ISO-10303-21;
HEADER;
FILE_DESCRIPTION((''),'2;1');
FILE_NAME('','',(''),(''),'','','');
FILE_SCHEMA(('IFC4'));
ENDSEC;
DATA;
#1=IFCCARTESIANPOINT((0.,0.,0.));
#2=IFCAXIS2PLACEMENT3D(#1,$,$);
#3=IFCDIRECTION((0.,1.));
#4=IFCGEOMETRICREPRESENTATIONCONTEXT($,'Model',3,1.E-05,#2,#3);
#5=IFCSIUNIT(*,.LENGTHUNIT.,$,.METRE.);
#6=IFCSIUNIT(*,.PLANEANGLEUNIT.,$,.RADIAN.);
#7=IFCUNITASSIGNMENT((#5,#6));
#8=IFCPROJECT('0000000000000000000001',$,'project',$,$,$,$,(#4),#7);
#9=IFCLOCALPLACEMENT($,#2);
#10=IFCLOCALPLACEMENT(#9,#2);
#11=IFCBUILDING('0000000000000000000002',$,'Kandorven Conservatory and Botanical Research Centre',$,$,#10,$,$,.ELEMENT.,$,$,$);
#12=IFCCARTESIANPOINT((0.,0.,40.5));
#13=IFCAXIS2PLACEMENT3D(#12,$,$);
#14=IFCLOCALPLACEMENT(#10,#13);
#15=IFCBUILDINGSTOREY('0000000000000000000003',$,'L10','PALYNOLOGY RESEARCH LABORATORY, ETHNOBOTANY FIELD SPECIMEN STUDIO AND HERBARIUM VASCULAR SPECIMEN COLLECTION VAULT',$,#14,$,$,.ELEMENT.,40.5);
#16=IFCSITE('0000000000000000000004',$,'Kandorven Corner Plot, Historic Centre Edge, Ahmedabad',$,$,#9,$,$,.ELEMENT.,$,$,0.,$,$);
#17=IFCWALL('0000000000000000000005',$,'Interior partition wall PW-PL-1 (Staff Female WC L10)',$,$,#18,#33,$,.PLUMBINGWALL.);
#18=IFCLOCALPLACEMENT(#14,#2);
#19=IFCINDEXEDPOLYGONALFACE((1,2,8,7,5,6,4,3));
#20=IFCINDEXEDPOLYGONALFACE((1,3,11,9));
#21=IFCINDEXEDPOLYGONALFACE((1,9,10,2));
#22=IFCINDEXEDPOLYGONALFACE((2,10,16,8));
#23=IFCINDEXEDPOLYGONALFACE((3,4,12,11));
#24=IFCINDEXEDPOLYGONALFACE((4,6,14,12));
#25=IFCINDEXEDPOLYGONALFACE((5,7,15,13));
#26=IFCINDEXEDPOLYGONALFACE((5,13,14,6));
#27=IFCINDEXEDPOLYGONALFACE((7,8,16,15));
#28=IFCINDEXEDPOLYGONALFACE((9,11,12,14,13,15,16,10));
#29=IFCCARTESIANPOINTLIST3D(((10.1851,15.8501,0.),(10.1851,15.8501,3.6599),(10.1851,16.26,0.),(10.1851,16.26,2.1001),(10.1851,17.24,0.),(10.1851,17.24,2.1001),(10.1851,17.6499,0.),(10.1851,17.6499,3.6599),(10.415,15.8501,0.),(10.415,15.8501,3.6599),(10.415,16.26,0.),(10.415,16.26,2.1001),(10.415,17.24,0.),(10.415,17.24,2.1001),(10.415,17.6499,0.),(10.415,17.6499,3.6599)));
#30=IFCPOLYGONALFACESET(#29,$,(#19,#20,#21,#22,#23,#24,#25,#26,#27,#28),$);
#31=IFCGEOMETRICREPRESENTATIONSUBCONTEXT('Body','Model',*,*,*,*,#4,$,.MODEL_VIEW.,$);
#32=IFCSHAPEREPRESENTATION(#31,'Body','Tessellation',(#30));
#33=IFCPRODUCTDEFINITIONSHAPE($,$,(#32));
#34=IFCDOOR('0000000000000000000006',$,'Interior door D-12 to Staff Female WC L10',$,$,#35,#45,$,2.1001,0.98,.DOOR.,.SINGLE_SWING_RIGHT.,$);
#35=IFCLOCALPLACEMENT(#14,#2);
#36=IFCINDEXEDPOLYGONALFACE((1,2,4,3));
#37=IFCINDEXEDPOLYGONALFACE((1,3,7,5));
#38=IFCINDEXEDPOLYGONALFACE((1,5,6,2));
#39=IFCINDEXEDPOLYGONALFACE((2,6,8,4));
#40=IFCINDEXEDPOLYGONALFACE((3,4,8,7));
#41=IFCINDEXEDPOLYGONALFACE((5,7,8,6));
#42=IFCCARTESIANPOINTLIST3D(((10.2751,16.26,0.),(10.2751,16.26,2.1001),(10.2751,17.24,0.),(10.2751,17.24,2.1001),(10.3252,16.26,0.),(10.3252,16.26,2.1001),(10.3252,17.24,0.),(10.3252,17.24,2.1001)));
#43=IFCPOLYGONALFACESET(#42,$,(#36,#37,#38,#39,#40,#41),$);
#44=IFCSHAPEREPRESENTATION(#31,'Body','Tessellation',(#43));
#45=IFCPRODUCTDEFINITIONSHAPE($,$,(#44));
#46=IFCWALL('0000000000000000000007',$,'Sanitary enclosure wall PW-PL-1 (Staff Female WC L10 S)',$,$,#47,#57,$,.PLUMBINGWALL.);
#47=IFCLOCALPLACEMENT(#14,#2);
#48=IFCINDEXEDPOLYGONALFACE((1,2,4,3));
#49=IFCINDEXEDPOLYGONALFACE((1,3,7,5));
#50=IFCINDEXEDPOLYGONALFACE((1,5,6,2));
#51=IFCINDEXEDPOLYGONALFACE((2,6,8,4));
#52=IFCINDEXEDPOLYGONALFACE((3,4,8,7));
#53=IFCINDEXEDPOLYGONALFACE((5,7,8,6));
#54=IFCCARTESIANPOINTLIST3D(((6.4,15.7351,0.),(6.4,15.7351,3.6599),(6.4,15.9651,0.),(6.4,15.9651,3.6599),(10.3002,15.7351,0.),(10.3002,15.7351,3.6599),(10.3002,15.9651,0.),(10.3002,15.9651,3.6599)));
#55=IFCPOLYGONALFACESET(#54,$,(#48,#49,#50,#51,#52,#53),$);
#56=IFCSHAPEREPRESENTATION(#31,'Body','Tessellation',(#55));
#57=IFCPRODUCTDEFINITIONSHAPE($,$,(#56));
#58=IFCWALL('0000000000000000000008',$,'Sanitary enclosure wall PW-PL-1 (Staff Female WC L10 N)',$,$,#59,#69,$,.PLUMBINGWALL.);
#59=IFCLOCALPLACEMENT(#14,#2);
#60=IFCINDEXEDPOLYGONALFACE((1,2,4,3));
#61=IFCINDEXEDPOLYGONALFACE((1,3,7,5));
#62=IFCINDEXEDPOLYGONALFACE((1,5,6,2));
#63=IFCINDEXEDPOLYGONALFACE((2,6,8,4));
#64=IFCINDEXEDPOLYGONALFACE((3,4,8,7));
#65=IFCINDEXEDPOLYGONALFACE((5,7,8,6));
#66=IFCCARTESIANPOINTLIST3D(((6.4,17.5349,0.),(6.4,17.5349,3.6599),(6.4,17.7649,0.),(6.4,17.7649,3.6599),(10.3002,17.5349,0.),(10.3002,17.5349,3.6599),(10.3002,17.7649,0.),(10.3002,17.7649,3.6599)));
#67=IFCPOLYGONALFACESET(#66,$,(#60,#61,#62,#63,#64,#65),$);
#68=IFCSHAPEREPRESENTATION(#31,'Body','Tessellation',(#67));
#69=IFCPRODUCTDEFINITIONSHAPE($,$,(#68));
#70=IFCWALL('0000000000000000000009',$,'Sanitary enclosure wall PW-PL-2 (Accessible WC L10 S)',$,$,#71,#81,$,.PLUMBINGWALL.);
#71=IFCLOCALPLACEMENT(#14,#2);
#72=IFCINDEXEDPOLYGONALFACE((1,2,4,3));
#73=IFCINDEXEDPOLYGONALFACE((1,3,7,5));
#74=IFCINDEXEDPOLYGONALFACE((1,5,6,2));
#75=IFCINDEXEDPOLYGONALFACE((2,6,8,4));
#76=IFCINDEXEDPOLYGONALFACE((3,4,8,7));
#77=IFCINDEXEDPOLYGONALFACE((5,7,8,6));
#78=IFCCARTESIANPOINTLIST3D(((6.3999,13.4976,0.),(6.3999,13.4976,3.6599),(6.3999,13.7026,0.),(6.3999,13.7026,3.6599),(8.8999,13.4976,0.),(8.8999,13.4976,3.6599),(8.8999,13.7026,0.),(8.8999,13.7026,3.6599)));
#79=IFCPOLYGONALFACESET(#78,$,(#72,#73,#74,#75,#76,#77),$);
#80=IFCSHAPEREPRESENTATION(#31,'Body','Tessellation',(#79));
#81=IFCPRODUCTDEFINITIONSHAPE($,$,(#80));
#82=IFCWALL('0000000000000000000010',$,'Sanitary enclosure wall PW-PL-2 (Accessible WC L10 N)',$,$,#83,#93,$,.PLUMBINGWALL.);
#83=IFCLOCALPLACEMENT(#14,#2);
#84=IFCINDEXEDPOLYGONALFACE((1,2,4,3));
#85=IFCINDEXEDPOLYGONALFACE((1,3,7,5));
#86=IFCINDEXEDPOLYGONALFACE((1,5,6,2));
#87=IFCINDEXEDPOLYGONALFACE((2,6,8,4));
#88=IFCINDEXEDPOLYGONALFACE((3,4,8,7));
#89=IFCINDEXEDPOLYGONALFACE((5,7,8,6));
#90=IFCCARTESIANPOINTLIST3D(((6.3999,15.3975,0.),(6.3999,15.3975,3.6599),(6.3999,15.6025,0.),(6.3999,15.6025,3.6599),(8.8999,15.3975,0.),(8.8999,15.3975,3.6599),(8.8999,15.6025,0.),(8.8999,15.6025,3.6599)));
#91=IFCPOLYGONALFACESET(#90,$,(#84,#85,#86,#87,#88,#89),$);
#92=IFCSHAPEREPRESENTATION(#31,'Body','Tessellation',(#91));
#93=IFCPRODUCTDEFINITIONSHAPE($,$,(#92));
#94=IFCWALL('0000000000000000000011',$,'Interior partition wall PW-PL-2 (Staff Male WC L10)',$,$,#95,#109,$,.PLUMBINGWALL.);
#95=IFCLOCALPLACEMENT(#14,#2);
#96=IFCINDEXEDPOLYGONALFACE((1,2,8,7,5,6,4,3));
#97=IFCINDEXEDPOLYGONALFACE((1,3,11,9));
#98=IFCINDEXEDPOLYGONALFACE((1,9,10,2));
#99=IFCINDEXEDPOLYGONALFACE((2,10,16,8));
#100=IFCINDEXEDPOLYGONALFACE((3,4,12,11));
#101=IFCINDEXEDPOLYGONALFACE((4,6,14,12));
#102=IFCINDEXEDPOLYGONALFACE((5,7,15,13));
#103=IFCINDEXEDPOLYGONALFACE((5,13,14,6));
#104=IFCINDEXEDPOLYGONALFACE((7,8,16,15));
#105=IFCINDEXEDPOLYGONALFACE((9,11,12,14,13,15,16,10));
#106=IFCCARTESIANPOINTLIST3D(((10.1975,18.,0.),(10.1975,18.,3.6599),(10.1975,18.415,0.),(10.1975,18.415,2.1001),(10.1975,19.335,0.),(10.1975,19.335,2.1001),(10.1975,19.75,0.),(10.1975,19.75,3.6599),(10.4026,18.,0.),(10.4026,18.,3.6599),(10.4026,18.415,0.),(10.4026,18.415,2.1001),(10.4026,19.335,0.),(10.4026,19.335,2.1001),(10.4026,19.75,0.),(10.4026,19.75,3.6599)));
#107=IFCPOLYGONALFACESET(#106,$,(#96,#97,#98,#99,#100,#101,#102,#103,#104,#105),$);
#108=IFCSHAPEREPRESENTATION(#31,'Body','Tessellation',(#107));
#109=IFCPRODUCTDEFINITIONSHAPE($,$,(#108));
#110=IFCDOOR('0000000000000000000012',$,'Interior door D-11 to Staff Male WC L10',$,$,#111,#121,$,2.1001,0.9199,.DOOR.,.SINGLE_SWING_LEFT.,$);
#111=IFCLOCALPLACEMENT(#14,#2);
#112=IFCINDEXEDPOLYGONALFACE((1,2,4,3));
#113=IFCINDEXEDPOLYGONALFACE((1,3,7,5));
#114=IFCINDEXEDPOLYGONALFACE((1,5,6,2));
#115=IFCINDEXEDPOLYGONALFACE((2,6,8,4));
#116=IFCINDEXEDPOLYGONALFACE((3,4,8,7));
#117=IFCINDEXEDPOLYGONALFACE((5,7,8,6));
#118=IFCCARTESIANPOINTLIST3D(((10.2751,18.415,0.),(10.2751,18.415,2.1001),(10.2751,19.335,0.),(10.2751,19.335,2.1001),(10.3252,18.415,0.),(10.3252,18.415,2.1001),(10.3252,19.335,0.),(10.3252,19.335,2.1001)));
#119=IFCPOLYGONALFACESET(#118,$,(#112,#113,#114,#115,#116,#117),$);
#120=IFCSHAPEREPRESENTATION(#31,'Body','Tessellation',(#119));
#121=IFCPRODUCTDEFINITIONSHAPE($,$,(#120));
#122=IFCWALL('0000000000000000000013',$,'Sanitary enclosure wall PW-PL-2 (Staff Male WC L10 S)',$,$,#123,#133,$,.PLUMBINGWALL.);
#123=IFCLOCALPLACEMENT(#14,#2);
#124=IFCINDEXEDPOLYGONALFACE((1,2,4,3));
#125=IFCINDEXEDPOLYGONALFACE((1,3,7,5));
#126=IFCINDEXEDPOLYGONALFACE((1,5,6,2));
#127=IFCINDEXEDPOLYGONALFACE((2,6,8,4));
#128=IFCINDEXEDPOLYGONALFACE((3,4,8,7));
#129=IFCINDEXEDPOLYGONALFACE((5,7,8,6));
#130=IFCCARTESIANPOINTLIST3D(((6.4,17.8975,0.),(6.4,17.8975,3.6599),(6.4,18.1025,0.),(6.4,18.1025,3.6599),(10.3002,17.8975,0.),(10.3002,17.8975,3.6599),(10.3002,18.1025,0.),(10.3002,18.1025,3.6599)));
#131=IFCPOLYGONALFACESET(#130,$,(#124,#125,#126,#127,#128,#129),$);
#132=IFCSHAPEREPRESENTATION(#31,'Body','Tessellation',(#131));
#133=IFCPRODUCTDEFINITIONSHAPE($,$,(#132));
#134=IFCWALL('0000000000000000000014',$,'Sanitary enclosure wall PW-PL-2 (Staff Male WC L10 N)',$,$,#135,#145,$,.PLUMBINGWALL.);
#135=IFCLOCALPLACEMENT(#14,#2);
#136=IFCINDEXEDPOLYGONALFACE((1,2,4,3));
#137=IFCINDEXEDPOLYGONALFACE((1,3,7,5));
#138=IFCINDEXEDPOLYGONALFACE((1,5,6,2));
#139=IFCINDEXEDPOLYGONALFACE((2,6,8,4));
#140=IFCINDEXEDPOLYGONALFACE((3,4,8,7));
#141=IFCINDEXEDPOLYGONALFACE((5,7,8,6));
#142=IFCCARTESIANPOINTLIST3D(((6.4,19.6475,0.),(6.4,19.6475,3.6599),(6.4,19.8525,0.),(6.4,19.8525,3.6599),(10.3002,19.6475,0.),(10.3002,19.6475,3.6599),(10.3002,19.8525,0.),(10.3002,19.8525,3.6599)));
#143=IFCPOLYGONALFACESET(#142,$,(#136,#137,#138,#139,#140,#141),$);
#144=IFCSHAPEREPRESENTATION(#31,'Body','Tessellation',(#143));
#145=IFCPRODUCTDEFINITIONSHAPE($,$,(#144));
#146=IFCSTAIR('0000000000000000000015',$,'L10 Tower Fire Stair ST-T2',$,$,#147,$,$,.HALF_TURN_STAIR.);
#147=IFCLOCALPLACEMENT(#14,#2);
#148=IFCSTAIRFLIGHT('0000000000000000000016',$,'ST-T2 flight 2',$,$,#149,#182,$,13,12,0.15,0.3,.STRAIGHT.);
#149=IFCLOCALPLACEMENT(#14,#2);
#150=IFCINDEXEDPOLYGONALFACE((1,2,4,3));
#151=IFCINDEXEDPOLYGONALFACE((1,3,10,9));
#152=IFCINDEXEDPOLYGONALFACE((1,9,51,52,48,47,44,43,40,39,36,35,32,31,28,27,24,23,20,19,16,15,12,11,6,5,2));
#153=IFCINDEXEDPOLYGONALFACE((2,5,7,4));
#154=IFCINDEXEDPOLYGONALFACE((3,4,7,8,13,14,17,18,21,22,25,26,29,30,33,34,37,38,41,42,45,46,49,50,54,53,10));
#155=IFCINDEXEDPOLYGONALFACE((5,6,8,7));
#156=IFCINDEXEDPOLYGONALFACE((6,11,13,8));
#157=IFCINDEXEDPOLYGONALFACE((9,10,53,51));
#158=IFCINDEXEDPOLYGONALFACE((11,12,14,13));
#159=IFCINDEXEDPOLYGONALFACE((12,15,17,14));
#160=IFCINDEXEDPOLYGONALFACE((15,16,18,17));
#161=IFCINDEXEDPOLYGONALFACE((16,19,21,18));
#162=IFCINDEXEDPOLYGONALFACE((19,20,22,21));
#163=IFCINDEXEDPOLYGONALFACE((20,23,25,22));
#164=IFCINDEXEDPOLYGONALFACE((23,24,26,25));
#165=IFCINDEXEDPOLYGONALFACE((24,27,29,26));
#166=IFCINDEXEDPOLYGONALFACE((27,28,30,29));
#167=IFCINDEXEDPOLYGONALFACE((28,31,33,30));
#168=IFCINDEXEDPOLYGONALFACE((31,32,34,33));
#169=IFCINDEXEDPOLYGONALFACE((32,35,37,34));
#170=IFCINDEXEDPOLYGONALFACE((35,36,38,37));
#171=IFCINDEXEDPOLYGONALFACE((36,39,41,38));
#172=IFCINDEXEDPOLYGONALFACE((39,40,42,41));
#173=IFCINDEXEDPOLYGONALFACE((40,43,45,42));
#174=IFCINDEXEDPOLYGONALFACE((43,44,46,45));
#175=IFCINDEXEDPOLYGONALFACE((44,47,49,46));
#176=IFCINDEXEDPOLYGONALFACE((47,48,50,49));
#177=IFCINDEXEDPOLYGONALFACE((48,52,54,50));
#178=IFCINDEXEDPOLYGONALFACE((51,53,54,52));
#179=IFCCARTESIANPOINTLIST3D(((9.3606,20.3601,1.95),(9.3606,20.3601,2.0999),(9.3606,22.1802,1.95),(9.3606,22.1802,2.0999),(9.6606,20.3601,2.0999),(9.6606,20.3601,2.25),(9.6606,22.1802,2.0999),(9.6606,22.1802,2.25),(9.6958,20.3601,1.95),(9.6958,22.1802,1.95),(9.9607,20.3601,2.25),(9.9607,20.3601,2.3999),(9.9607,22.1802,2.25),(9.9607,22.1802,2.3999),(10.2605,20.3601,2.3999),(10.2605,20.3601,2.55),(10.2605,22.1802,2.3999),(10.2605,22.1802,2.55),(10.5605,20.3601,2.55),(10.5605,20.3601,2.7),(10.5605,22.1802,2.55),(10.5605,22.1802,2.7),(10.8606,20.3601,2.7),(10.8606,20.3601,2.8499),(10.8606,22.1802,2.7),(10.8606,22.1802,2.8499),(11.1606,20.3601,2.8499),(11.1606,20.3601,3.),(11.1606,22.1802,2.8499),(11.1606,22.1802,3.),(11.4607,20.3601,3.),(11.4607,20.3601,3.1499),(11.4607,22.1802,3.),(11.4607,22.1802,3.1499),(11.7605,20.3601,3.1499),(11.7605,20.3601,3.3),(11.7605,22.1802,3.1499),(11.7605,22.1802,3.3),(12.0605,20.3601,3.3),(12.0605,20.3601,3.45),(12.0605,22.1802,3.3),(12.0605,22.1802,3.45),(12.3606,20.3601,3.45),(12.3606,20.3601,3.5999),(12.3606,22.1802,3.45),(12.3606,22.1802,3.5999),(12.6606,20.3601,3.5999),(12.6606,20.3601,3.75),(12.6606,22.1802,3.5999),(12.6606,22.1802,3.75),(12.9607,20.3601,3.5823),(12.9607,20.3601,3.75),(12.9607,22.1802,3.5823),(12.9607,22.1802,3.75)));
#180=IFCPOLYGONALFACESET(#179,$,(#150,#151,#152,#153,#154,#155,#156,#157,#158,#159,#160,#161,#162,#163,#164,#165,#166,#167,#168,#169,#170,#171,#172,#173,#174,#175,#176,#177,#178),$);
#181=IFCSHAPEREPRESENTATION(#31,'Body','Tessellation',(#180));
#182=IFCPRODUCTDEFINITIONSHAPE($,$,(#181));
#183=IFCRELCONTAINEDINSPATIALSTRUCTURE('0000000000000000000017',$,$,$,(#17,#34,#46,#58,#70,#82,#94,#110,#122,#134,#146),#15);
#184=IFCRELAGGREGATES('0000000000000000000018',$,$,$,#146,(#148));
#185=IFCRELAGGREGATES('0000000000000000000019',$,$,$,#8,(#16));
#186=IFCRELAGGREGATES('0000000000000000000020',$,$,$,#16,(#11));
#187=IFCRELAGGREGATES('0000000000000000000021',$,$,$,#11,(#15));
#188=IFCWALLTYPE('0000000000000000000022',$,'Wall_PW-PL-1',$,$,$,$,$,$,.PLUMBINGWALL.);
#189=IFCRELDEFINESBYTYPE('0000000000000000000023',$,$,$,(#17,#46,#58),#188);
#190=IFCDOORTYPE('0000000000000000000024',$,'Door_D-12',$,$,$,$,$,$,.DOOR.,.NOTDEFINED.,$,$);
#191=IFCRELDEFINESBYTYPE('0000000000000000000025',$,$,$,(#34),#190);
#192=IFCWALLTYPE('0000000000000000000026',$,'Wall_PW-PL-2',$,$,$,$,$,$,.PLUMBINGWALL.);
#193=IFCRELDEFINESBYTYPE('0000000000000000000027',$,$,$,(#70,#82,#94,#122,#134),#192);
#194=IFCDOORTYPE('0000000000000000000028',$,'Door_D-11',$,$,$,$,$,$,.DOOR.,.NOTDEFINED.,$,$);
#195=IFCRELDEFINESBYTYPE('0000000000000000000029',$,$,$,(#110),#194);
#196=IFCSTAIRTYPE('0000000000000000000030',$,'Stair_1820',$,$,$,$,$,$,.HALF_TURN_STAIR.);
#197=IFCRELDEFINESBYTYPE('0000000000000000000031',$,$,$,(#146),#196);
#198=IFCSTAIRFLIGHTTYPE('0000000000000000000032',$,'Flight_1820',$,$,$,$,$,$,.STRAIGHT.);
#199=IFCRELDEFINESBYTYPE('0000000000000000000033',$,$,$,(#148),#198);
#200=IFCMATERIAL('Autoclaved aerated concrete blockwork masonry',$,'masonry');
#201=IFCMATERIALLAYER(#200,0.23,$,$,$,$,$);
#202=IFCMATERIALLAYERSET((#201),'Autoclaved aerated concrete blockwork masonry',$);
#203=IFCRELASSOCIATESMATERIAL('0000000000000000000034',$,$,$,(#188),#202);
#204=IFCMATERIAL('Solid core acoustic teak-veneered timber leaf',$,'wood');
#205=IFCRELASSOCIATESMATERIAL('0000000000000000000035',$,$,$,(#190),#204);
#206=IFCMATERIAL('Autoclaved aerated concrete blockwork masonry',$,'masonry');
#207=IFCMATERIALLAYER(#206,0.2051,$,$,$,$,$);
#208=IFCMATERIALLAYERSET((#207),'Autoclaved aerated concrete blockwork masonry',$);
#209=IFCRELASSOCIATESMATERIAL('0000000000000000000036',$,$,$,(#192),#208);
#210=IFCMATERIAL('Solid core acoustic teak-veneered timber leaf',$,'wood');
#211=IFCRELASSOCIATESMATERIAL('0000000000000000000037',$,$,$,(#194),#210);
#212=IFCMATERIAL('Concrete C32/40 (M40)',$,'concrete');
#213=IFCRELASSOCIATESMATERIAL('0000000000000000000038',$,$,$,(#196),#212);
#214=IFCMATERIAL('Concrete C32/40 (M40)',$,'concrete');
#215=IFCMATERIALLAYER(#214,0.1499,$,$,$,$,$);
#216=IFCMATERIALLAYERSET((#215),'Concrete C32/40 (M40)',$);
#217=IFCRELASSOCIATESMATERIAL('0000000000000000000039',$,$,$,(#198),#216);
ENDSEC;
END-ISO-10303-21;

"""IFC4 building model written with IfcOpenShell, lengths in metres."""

from ifc_helpers import new_model, si_unit, direction, frame, frame_2d, origin, place, context, subcontext, project, spatial, polyline, rectangle, outline, extrude, material, layer, layer_set, type_object, element, fill, aggregate, save


model = new_model("IFC4")

# Units and contexts
model_context = context("Model", 3, precision=1e-05, world=origin(), true_north=direction((0.0, 1.0)))
body_context = subcontext(model_context, "Body", "Model", "MODEL_VIEW")
ifc_project = project(units=[si_unit("LENGTHUNIT", "METRE"), si_unit("PLANEANGLEUNIT", "RADIAN")], contexts=[model_context])

# Site, building, storey
site_placement = place(None, origin())
site = spatial("IfcSite", under=ifc_project, at=site_placement, Name="Kandorven Corner Plot, Historic Centre Edge, Ahmedabad", CompositionType="ELEMENT", RefElevation=0.0)
building_placement = place(site_placement, origin())
building = spatial("IfcBuilding", under=site, at=building_placement, Name="Kandorven Conservatory and Botanical Research Centre", CompositionType="ELEMENT")
storey_placement = place(building_placement, frame((0.0, 0.0, 40.5)))
storey = spatial("IfcBuildingStorey", under=building, at=storey_placement, Name="L10", Description="PALYNOLOGY RESEARCH LABORATORY, ETHNOBOTANY FIELD SPECIMEN STUDIO AND HERBARIUM VASCULAR SPECIMEN COLLECTION VAULT", CompositionType="ELEMENT", Elevation=40.5)

# Wall, opening, door
ifc_material_1 = material(Name="Autoclaved aerated concrete blockwork masonry", Category="masonry")
ifc_layer_1 = layer(ifc_material_1, 0.23)
ifc_layer_set_1 = layer_set([ifc_layer_1], Name="Autoclaved aerated concrete blockwork masonry")
wall_type_1 = type_object("IfcWallType", Name="Wall_PW-PL-1", PredefinedType="PLUMBINGWALL", material=ifc_layer_set_1)
wall_1_placement = place(storey_placement, frame((10.3, 15.8501, 0.0), z_axis=(0.0, 0.0, 1.0), x_axis=(0.0, 1.0, 0.0)))
wall_1 = element("IfcWall", 1, at=wall_1_placement, inside=storey, type_object=wall_type_1, Name="Interior partition wall PW-PL-1 (Staff Female WC L10)", PredefinedType="PLUMBINGWALL", context=body_context, shape_type="SweptSolid", body=[
    extrude(rectangle(XDim=1.7998, YDim=0.23, at=frame_2d((0.8999, 0.0))), origin(), (0.0, 0.0, 1.0), 3.6599),
])
opening_1_placement = place(wall_1_placement, frame((0.4099, 0.0, 0.0)))
opening_1 = element("IfcOpeningElement", 2, at=opening_1_placement, cuts=wall_1, PredefinedType="OPENING", context=body_context, shape_type="SweptSolid", body=[
    extrude(rectangle(XDim=0.98, YDim=2.1001, at=frame_2d((0.49, 1.05))), frame((0.0, 0.125, 0.0), z_axis=(0.0, -1.0, 0.0), x_axis=(1.0, 0.0, 0.0)), (0.0, 0.0, 1.0), 0.25),
])
ifc_material_2 = material(Name="Solid core acoustic teak-veneered timber leaf", Category="wood")
door_type_1 = type_object("IfcDoorType", Name="Door_D-12", OperationType="NOTDEFINED", PredefinedType="DOOR", material=ifc_material_2)
door_1_placement = place(opening_1_placement, origin())
door_1 = element("IfcDoor", 3, at=door_1_placement, inside=storey, type_object=door_type_1, Name="Interior door D-12 to Staff Female WC L10", OperationType="SINGLE_SWING_RIGHT", OverallHeight=2.1001, OverallWidth=0.98, PredefinedType="DOOR", context=body_context, shape_type="SweptSolid", body=[
    extrude(rectangle(XDim=0.98, YDim=2.1001, at=frame_2d((0.49, 1.05))), frame((0.0, 0.0249, 0.0), z_axis=(0.0, -1.0, 0.0), x_axis=(1.0, 0.0, 0.0)), (0.0, 0.0, 1.0), 0.05),
])
fill(opening_1, door_1)

# Walls
for number, where, z_axis, x_axis, name in (
    (4, (6.3999, 15.8501, 0.0), (0.0, 0.0, 1.0), (1.0, 0.0, 0.0), "Sanitary enclosure wall PW-PL-1 (Staff Female WC L10 S)"),
    (5, (6.3999, 17.6499, 0.0), (0.0, 0.0, 1.0), (1.0, 0.0, 0.0), "Sanitary enclosure wall PW-PL-1 (Staff Female WC L10 N)"),
):
    element("IfcWall", number, at=place(storey_placement, frame(where, z_axis=z_axis, x_axis=x_axis)), inside=storey, type_object=wall_type_1, Name=name, PredefinedType="PLUMBINGWALL", context=body_context, shape_type="SweptSolid", body=[
        extrude(rectangle(XDim=3.9001, YDim=0.23, at=frame_2d((1.9502, 0.0))), origin(), (0.0, 0.0, 1.0), 3.6599),
    ])

# Shared definitions
ifc_material_3 = material(Name="Autoclaved aerated concrete blockwork masonry", Category="masonry")
ifc_layer_2 = layer(ifc_material_3, 0.2051)
ifc_layer_set_2 = layer_set([ifc_layer_2], Name="Autoclaved aerated concrete blockwork masonry")
wall_type_2 = type_object("IfcWallType", Name="Wall_PW-PL-2", PredefinedType="PLUMBINGWALL", material=ifc_layer_set_2)

# Walls
for number, where, z_axis, x_axis, name in (
    (6, (6.3999, 13.6001, 0.0), (0.0, 0.0, 1.0), (1.0, 0.0, 0.0), "Sanitary enclosure wall PW-PL-2 (Accessible WC L10 S)"),
    (7, (6.3999, 15.5, 0.0), (0.0, 0.0, 1.0), (1.0, 0.0, 0.0), "Sanitary enclosure wall PW-PL-2 (Accessible WC L10 N)"),
):
    element("IfcWall", number, at=place(storey_placement, frame(where, z_axis=z_axis, x_axis=x_axis)), inside=storey, type_object=wall_type_2, Name=name, PredefinedType="PLUMBINGWALL", context=body_context, shape_type="SweptSolid", body=[
        extrude(rectangle(XDim=2.5, YDim=0.2051, at=frame_2d((1.25, 0.0))), origin(), (0.0, 0.0, 1.0), 3.6599),
    ])

# Wall, opening, door
wall_2_placement = place(storey_placement, frame((10.3, 18.0, 0.0), z_axis=(0.0, 0.0, 1.0), x_axis=(0.0, 1.0, 0.0)))
wall_2 = element("IfcWall", 8, at=wall_2_placement, inside=storey, type_object=wall_type_2, Name="Interior partition wall PW-PL-2 (Staff Male WC L10)", PredefinedType="PLUMBINGWALL", context=body_context, shape_type="SweptSolid", body=[
    extrude(rectangle(XDim=1.75, YDim=0.2051, at=frame_2d((0.875, 0.0))), origin(), (0.0, 0.0, 1.0), 3.6599),
])
opening_2_placement = place(wall_2_placement, frame((0.415, 0.0, 0.0)))
opening_2 = element("IfcOpeningElement", 9, at=opening_2_placement, cuts=wall_2, PredefinedType="OPENING", context=body_context, shape_type="SweptSolid", body=[
    extrude(rectangle(XDim=0.9199, YDim=2.1001, at=frame_2d((0.46, 1.05))), frame((0.0, 0.1125, 0.0), z_axis=(0.0, -1.0, 0.0), x_axis=(1.0, 0.0, 0.0)), (0.0, 0.0, 1.0), 0.2251),
])
ifc_material_4 = material(Name="Solid core acoustic teak-veneered timber leaf", Category="wood")
door_type_2 = type_object("IfcDoorType", Name="Door_D-11", OperationType="NOTDEFINED", PredefinedType="DOOR", material=ifc_material_4)
door_2_placement = place(opening_2_placement, origin())
door_2 = element("IfcDoor", 10, at=door_2_placement, inside=storey, type_object=door_type_2, Name="Interior door D-11 to Staff Male WC L10", OperationType="SINGLE_SWING_LEFT", OverallHeight=2.1001, OverallWidth=0.9199, PredefinedType="DOOR", context=body_context, shape_type="SweptSolid", body=[
    extrude(rectangle(XDim=0.9199, YDim=2.1001, at=frame_2d((0.46, 1.05))), frame((0.0, 0.0249, 0.0), z_axis=(0.0, -1.0, 0.0), x_axis=(1.0, 0.0, 0.0)), (0.0, 0.0, 1.0), 0.05),
])
fill(opening_2, door_2)

# Walls
for number, where, z_axis, x_axis, name in (
    (11, (6.3999, 18.0, 0.0), (0.0, 0.0, 1.0), (1.0, 0.0, 0.0), "Sanitary enclosure wall PW-PL-2 (Staff Male WC L10 S)"),
    (12, (6.3999, 19.75, 0.0), (0.0, 0.0, 1.0), (1.0, 0.0, 0.0), "Sanitary enclosure wall PW-PL-2 (Staff Male WC L10 N)"),
):
    element("IfcWall", number, at=place(storey_placement, frame(where, z_axis=z_axis, x_axis=x_axis)), inside=storey, type_object=wall_type_2, Name=name, PredefinedType="PLUMBINGWALL", context=body_context, shape_type="SweptSolid", body=[
        extrude(rectangle(XDim=3.9001, YDim=0.2051, at=frame_2d((1.9502, 0.0))), origin(), (0.0, 0.0, 1.0), 3.6599),
    ])

# Stair, stair flight
ifc_material_5 = material(Name="Concrete C32/40 (M40)", Category="concrete")
stair_type = type_object("IfcStairType", Name="Stair_1820", PredefinedType="HALF_TURN_STAIR", material=ifc_material_5)
stair_placement = place(storey_placement, origin())
stair = element("IfcStair", 13, at=stair_placement, inside=storey, type_object=stair_type, Name="L10 Tower Fire Stair ST-T2", PredefinedType="HALF_TURN_STAIR")
ifc_material_6 = material(Name="Concrete C32/40 (M40)", Category="concrete")
ifc_layer_3 = layer(ifc_material_6, 0.1499)
ifc_layer_set_3 = layer_set([ifc_layer_3], Name="Concrete C32/40 (M40)")
stair_flight_type = type_object("IfcStairFlightType", Name="Flight_1820", PredefinedType="STRAIGHT", material=ifc_layer_set_3)
stair_flight_placement = place(storey_placement, frame((9.3606, 21.27, 1.95), z_axis=(0.0, 0.0, 1.0), x_axis=(1.0, 0.0, 0.0)))
stair_flight = element("IfcStairFlight", 14, at=stair_flight_placement, type_object=stair_flight_type, Name="ST-T2 flight 2", NumberOfRisers=13, NumberOfTreads=12, PredefinedType="STRAIGHT", RiserHeight=0.15, TreadLength=0.3, context=body_context, shape_type="SweptSolid", body=[
    extrude(outline(polyline([(0.0, 0.0), (0.0, 0.1499), (0.3, 0.1499), (0.3, 0.3), (0.6001, 0.3), (0.6001, 0.45), (0.8999, 0.45), (0.8999, 0.6001), (1.2, 0.6001), (1.2, 0.75), (1.5, 0.75), (1.5, 0.8999), (1.8, 0.8999), (1.8, 1.05), (2.1001, 1.05), (2.1001, 1.2), (2.3999, 1.2), (2.3999, 1.3501), (2.7, 1.3501), (2.7, 1.5), (3.0, 1.5), (3.0, 1.6499), (3.3, 1.6499), (3.3, 1.8), (3.6001, 1.8), (3.6001, 1.95), (3.6001, 1.6323), (0.3352, 0.0), (0.0, 0.0)])), frame((0.0, 0.9102, 0.0), z_axis=(0.0, -1.0, 0.0), x_axis=(1.0, 0.0, 0.0)), (0.0, 0.0, 1.0), 1.8201),
])
aggregate(stair, [stair_flight])

save(model, "model.ifc")
